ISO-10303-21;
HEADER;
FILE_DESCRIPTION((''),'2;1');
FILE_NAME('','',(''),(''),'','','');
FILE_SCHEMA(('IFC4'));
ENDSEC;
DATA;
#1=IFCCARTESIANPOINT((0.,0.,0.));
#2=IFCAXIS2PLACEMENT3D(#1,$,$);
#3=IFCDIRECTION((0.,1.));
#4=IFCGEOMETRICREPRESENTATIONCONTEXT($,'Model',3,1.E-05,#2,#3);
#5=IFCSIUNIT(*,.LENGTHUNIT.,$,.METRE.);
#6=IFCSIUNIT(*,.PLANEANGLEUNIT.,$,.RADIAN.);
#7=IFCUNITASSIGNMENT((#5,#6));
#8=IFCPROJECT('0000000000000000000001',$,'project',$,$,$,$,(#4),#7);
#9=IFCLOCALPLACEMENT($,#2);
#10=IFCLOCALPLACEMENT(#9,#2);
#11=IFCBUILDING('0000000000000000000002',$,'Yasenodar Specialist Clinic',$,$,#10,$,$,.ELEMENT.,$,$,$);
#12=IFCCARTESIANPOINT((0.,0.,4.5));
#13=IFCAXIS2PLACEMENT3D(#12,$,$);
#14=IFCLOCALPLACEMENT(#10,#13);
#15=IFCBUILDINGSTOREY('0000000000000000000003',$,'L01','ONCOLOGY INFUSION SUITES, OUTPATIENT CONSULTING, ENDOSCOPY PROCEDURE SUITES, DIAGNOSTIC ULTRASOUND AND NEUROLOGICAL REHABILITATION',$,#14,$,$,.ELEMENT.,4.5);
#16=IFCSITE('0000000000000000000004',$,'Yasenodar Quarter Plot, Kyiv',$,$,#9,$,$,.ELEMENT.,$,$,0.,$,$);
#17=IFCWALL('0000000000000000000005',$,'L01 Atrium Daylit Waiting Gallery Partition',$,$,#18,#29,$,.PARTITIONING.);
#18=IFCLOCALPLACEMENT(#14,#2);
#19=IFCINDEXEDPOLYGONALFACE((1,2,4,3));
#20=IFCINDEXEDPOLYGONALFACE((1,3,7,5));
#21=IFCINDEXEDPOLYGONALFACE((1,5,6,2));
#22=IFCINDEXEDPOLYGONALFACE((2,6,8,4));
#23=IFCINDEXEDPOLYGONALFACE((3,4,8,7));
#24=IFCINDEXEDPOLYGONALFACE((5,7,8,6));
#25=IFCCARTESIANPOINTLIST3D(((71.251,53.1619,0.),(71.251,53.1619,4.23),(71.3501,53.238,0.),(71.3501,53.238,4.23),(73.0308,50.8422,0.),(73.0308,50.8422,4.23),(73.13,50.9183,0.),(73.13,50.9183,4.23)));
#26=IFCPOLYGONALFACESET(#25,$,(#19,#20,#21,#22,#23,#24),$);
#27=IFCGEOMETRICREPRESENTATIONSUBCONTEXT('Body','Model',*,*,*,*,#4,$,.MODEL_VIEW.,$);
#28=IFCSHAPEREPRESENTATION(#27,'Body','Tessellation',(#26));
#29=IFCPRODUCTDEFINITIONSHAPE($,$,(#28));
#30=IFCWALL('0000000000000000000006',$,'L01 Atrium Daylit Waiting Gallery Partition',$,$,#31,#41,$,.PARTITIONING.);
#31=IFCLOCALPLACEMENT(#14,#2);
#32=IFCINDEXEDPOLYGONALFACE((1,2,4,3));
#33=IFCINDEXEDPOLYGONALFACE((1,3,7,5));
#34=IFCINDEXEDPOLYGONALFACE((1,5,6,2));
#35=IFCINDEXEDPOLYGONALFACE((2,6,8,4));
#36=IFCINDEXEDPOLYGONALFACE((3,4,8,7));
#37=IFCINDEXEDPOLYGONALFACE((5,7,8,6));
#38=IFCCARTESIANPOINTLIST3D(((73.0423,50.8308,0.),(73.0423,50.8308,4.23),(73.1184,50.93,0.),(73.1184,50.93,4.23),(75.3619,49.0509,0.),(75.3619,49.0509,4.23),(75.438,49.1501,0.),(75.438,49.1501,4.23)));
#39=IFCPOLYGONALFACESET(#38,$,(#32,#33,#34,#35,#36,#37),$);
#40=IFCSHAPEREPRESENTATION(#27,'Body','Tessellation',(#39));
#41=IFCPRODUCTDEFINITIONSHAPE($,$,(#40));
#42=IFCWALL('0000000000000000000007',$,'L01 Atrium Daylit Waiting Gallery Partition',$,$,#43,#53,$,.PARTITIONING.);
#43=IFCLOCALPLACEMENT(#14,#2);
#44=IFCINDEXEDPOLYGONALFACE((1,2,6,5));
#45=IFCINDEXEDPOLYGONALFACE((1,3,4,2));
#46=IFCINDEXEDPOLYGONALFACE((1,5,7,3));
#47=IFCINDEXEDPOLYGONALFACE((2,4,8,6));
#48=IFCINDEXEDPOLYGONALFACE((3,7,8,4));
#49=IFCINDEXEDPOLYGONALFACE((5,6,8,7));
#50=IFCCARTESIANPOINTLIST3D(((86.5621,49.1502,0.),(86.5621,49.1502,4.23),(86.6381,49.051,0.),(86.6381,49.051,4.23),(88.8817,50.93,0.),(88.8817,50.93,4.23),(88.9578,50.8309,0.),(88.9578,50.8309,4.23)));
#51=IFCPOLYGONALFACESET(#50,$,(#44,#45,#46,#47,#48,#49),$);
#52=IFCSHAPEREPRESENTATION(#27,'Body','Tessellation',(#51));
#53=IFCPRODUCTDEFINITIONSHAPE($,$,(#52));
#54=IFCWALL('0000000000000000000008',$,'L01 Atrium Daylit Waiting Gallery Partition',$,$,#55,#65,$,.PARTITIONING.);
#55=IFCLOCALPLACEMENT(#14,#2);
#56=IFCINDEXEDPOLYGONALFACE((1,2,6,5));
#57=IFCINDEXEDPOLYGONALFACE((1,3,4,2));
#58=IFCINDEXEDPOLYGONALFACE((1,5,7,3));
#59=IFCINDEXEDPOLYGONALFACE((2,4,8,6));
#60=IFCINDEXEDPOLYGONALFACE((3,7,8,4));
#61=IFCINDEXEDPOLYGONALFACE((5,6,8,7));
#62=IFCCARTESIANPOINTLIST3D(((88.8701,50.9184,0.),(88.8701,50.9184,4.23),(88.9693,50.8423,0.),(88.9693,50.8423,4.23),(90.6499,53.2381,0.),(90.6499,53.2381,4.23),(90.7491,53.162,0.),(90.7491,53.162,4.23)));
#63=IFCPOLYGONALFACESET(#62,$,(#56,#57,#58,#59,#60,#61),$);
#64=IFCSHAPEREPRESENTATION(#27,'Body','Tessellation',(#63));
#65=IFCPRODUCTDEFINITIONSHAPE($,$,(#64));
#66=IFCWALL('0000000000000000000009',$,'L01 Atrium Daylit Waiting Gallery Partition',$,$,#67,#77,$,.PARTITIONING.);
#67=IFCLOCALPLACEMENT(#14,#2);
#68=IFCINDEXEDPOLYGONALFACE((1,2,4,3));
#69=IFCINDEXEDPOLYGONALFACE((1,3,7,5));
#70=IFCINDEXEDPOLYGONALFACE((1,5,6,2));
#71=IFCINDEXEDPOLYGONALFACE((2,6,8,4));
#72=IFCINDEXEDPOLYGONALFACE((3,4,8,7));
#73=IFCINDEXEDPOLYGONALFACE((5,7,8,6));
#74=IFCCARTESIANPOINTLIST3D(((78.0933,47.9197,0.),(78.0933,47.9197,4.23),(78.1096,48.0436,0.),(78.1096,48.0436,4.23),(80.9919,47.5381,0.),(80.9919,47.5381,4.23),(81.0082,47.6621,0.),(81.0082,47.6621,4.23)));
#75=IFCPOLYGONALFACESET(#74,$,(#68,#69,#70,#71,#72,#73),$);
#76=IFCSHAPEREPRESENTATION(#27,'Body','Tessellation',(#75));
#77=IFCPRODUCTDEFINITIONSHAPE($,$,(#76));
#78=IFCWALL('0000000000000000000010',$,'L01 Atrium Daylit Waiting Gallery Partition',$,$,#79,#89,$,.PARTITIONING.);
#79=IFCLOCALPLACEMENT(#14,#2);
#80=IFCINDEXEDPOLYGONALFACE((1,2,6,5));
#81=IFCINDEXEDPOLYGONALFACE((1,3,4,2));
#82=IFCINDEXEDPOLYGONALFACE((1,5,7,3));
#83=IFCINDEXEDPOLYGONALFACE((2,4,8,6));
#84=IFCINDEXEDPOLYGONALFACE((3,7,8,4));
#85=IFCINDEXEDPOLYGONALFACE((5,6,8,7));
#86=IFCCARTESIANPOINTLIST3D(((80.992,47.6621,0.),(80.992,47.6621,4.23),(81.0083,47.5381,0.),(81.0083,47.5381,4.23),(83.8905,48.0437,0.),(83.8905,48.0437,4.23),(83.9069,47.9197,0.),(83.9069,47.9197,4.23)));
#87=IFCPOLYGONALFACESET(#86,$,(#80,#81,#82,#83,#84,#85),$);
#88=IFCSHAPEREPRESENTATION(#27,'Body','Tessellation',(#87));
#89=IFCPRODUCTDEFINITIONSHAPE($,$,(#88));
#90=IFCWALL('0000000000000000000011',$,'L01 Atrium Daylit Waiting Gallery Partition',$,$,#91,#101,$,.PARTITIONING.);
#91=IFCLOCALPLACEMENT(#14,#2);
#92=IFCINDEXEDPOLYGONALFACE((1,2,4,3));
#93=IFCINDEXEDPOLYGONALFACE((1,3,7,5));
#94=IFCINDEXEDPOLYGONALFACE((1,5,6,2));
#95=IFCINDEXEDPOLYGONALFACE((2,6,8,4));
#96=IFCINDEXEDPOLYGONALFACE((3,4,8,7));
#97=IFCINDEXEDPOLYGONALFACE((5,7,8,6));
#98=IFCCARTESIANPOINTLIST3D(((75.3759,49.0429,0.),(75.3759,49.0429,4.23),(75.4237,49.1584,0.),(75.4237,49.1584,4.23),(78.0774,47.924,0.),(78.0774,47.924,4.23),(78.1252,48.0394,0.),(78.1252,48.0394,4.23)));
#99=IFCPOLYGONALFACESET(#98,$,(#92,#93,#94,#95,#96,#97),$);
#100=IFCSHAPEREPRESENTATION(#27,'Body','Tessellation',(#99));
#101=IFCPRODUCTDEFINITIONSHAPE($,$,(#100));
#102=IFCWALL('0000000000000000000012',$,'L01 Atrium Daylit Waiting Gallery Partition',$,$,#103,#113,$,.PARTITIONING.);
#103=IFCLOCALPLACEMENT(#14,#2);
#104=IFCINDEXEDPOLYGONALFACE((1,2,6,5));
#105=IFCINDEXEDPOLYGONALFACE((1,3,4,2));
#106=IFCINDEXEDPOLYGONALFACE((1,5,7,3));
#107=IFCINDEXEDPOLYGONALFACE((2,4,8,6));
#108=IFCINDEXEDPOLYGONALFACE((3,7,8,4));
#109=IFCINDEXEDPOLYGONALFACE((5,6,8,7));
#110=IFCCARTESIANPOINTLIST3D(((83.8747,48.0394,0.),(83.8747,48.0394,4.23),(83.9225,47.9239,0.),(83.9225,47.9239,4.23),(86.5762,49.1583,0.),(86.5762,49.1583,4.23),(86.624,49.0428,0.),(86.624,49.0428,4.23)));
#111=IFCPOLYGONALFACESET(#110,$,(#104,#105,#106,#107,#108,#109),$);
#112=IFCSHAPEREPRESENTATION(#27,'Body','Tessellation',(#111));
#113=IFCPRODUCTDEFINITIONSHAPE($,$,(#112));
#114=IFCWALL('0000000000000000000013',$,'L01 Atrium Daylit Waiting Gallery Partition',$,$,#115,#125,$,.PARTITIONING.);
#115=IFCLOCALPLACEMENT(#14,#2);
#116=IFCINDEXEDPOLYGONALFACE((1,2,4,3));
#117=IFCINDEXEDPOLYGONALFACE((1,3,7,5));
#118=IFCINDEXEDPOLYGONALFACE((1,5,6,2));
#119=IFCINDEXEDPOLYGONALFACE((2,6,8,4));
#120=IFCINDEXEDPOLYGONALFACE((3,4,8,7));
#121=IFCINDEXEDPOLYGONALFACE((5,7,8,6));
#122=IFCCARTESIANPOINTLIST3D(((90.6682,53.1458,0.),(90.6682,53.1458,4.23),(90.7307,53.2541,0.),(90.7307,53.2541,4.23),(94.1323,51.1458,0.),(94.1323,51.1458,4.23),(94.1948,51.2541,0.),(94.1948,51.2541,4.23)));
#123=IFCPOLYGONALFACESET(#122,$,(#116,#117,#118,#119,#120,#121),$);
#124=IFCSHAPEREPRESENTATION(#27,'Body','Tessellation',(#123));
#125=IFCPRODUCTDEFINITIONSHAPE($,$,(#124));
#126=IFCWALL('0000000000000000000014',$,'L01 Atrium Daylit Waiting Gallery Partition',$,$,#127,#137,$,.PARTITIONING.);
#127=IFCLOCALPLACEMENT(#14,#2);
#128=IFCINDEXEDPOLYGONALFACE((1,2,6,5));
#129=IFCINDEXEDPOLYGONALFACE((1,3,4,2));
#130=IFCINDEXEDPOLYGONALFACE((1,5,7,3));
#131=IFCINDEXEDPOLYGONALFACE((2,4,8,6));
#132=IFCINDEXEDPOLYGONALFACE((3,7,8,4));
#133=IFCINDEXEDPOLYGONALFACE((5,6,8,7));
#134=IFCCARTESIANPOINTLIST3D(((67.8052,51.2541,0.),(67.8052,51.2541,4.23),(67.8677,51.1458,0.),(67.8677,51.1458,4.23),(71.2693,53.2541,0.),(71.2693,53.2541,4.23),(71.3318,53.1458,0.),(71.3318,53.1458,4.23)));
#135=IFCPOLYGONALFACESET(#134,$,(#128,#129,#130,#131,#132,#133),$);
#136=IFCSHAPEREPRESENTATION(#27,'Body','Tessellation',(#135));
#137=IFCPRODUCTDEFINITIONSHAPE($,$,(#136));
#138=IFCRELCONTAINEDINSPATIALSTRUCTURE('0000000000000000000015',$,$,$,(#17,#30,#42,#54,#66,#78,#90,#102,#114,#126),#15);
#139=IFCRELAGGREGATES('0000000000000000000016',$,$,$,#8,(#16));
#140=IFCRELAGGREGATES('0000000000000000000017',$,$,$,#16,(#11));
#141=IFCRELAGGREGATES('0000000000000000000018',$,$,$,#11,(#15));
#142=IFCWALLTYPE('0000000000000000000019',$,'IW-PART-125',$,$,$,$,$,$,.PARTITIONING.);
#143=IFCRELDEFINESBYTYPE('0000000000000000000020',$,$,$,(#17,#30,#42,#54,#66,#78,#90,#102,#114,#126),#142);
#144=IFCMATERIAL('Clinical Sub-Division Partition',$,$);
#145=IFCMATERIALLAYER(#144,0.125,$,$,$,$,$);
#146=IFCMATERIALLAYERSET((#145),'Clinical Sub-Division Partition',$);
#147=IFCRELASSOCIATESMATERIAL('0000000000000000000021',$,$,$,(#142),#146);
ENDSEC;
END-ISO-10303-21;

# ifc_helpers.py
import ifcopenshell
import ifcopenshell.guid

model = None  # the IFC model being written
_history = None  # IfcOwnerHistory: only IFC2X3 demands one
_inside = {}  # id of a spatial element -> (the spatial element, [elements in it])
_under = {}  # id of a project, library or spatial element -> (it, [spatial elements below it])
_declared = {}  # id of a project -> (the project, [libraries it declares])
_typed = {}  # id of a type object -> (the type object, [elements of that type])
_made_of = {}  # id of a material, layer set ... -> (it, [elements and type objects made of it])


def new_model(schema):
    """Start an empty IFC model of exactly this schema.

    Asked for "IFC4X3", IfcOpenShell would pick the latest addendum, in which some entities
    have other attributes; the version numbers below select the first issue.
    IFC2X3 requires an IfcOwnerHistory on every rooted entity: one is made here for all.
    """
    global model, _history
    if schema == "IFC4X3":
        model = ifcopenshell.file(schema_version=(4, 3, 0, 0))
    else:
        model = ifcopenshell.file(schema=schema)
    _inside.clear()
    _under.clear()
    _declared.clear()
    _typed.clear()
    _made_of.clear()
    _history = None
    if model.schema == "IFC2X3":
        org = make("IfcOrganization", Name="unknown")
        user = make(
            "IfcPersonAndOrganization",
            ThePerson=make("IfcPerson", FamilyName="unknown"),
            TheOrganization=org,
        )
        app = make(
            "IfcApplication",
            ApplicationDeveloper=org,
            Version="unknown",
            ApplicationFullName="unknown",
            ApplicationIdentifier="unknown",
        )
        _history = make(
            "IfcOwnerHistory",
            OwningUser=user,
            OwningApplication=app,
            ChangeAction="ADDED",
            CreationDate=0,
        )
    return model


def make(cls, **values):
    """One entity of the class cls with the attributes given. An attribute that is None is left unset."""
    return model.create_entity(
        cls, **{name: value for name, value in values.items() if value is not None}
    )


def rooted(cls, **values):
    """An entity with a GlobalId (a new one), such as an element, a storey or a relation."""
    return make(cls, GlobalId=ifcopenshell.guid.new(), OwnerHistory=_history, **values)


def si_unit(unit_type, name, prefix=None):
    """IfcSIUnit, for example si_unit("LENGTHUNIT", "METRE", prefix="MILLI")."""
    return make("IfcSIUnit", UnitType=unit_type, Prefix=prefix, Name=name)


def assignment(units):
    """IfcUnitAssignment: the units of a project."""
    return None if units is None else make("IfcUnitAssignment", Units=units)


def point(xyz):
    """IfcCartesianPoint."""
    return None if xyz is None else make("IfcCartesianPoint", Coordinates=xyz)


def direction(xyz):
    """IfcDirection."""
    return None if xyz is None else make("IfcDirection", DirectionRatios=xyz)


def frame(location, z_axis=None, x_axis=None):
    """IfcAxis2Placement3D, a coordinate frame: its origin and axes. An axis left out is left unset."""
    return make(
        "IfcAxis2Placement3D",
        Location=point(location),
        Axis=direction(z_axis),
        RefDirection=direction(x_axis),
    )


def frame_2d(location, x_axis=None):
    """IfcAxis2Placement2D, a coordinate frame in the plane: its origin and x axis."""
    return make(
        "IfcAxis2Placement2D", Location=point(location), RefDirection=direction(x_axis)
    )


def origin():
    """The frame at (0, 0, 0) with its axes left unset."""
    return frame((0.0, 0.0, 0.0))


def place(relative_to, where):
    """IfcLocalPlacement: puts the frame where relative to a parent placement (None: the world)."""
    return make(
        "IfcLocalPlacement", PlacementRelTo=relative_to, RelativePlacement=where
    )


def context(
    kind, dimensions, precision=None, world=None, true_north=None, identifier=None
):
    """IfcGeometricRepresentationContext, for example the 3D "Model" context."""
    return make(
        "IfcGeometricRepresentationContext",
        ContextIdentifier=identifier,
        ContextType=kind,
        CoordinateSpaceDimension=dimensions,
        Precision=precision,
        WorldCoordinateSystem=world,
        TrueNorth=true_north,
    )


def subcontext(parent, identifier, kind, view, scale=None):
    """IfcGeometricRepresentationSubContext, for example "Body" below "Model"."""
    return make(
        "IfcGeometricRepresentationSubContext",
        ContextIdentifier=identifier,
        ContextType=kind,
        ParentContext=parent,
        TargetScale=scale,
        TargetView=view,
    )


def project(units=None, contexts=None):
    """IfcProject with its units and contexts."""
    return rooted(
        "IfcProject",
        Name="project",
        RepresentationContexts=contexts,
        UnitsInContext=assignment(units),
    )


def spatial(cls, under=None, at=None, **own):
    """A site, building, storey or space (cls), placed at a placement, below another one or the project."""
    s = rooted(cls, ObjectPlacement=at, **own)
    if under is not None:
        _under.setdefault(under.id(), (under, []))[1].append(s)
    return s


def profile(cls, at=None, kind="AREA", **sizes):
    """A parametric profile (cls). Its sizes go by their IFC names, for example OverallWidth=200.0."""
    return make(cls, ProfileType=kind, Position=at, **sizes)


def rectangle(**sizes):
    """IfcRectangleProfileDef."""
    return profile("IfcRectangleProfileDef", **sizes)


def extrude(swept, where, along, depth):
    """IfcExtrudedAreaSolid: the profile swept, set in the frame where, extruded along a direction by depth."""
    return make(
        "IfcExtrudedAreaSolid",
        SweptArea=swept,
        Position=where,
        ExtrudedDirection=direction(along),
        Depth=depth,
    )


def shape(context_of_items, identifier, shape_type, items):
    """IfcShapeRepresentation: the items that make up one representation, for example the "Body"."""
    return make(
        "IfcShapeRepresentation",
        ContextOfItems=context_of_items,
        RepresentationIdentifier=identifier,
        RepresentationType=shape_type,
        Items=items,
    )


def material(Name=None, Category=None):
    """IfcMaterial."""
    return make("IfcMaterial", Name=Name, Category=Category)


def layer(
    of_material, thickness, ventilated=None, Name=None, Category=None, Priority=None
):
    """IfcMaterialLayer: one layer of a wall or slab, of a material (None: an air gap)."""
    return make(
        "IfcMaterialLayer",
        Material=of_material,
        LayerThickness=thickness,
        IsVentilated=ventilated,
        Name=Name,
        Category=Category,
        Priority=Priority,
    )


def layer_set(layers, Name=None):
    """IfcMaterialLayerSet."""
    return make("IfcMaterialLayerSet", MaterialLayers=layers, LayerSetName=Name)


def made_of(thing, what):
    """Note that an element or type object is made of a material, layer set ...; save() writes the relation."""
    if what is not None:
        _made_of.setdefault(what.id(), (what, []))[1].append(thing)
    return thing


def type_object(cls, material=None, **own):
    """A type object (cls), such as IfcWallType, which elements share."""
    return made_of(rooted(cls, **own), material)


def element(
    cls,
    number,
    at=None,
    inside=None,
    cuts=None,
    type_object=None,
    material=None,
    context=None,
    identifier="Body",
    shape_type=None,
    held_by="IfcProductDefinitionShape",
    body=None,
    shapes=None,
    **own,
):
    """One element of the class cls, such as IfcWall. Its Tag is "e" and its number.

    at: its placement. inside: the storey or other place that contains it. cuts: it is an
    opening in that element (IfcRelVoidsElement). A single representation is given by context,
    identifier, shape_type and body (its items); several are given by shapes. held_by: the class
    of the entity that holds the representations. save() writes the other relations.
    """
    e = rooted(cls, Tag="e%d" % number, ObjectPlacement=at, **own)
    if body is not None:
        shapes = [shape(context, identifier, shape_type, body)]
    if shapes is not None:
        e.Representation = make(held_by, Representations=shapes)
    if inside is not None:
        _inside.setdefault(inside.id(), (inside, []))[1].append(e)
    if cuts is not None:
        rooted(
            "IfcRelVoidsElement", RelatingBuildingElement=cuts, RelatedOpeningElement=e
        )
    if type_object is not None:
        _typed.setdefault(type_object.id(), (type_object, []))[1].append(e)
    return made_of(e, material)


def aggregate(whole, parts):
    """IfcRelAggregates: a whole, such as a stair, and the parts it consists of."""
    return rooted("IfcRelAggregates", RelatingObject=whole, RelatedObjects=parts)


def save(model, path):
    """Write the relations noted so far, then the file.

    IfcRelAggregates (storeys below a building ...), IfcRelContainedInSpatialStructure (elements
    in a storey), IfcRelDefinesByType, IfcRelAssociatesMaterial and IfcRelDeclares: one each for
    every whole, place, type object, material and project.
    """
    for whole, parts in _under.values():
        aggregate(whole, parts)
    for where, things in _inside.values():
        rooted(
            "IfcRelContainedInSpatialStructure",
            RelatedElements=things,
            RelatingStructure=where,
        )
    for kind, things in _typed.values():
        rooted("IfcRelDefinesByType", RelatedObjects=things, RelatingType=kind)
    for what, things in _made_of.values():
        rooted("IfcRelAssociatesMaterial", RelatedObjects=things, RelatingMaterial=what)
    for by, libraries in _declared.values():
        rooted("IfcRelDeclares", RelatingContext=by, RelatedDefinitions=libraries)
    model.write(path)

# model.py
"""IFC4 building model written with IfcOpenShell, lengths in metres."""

from ifc_helpers import new_model, si_unit, direction, frame, frame_2d, origin, place, context, subcontext, project, spatial, rectangle, extrude, material, layer, layer_set, type_object, element, save


model = new_model("IFC4")

# Units and contexts
model_context = context("Model", 3, precision=1e-05, world=origin(), true_north=direction((0.0, 1.0)))
body_context = subcontext(model_context, "Body", "Model", "MODEL_VIEW")
ifc_project = project(units=[si_unit("LENGTHUNIT", "METRE"), si_unit("PLANEANGLEUNIT", "RADIAN")], contexts=[model_context])

# Site, building, storey
site_placement = place(None, origin())
site = spatial("IfcSite", under=ifc_project, at=site_placement, Name="Yasenodar Quarter Plot, Kyiv", CompositionType="ELEMENT", RefElevation=0.0)
building_placement = place(site_placement, origin())
building = spatial("IfcBuilding", under=site, at=building_placement, Name="Yasenodar Specialist Clinic", CompositionType="ELEMENT")
storey_placement = place(building_placement, frame((0.0, 0.0, 4.5)))
storey = spatial("IfcBuildingStorey", under=building, at=storey_placement, Name="L01", Description="ONCOLOGY INFUSION SUITES, OUTPATIENT CONSULTING, ENDOSCOPY PROCEDURE SUITES, DIAGNOSTIC ULTRASOUND AND NEUROLOGICAL REHABILITATION", CompositionType="ELEMENT", Elevation=4.5)

# Shared definitions
ifc_material_1 = material(Name="Clinical Sub-Division Partition")
ifc_layer = layer(ifc_material_1, 0.125)
ifc_layer_set = layer_set([ifc_layer], Name="Clinical Sub-Division Partition")
wall_type = type_object("IfcWallType", Name="IW-PART-125", PredefinedType="PARTITIONING", material=ifc_layer_set)

# Walls
for number, where, z_axis, x_axis, name in (
    (1, (71.3005, 53.2, 0.0), (0.0, 0.0, 1.0), (0.608742, -0.793368, 0.0), "L01 Atrium Daylit Waiting Gallery Partition"),
    (2, (73.0803, 50.8804, 0.0), (0.0, 0.0, 1.0), (0.793368, -0.608742, 0.0), "L01 Atrium Daylit Waiting Gallery Partition"),
    (3, (86.6001, 49.1006, 0.0), (0.0, 0.0, 1.0), (0.793368, 0.608742, 0.0), "L01 Atrium Daylit Waiting Gallery Partition"),
    (4, (88.9197, 50.8804, 0.0), (0.0, 0.0, 1.0), (0.608742, 0.793368, 0.0), "L01 Atrium Daylit Waiting Gallery Partition"),
):
    element("IfcWall", number, at=place(storey_placement, frame(where, z_axis=z_axis, x_axis=x_axis)), inside=storey, type_object=wall_type, Name=name, PredefinedType="PARTITIONING", context=body_context, shape_type="SweptSolid", body=[
        extrude(rectangle(XDim=2.9238, YDim=0.125, at=frame_2d((1.4619, 0.0))), origin(), (0.0, 0.0, 1.0), 4.23),
    ])
for number, where, z_axis, x_axis, name in (
    (5, (78.1013, 47.9817, 0.0), (0.0, 0.0, 1.0), (0.991446, -0.130517, 0.0), "L01 Atrium Daylit Waiting Gallery Partition"),
    (6, (81.0, 47.6001, 0.0), (0.0, 0.0, 1.0), (0.991446, 0.130517, 0.0), "L01 Atrium Daylit Waiting Gallery Partition"),
):
    element("IfcWall", number, at=place(storey_placement, frame(where, z_axis=z_axis, x_axis=x_axis)), inside=storey, type_object=wall_type, Name=name, PredefinedType="PARTITIONING", context=body_context, shape_type="SweptSolid", body=[
        extrude(rectangle(XDim=2.9236, YDim=0.125, at=frame_2d((1.4619, 0.0))), origin(), (0.0, 0.0, 1.0), 4.23),
    ])
for number, where, z_axis, x_axis, name in (
    (7, (75.3999, 49.1006, 0.0), (0.0, 0.0, 1.0), (0.923888, -0.382664, 0.0), "L01 Atrium Daylit Waiting Gallery Partition"),
    (8, (83.8987, 47.9817, 0.0), (0.0, 0.0, 1.0), (0.923888, 0.382664, 0.0), "L01 Atrium Daylit Waiting Gallery Partition"),
):
    element("IfcWall", number, at=place(storey_placement, frame(where, z_axis=z_axis, x_axis=x_axis)), inside=storey, type_object=wall_type, Name=name, PredefinedType="PARTITIONING", context=body_context, shape_type="SweptSolid", body=[
        extrude(rectangle(XDim=2.9241, YDim=0.125, at=frame_2d((1.4619, 0.0))), origin(), (0.0, 0.0, 1.0), 4.23),
    ])
for number, where, z_axis, x_axis, name in (
    (9, (90.6995, 53.2, 0.0), (0.0, 0.0, 1.0), (0.866026, -0.499999, 0.0), "L01 Atrium Daylit Waiting Gallery Partition"),
    (10, (67.8364, 51.2, 0.0), (0.0, 0.0, 1.0), (0.866026, 0.499999, 0.0), "L01 Atrium Daylit Waiting Gallery Partition"),
):
    element("IfcWall", number, at=place(storey_placement, frame(where, z_axis=z_axis, x_axis=x_axis)), inside=storey, type_object=wall_type, Name=name, PredefinedType="PARTITIONING", context=body_context, shape_type="SweptSolid", body=[
        extrude(rectangle(XDim=4.0, YDim=0.125, at=frame_2d((2.0, 0.0))), origin(), (0.0, 0.0, 1.0), 4.23),
    ])

save(model, "model.ifc")
